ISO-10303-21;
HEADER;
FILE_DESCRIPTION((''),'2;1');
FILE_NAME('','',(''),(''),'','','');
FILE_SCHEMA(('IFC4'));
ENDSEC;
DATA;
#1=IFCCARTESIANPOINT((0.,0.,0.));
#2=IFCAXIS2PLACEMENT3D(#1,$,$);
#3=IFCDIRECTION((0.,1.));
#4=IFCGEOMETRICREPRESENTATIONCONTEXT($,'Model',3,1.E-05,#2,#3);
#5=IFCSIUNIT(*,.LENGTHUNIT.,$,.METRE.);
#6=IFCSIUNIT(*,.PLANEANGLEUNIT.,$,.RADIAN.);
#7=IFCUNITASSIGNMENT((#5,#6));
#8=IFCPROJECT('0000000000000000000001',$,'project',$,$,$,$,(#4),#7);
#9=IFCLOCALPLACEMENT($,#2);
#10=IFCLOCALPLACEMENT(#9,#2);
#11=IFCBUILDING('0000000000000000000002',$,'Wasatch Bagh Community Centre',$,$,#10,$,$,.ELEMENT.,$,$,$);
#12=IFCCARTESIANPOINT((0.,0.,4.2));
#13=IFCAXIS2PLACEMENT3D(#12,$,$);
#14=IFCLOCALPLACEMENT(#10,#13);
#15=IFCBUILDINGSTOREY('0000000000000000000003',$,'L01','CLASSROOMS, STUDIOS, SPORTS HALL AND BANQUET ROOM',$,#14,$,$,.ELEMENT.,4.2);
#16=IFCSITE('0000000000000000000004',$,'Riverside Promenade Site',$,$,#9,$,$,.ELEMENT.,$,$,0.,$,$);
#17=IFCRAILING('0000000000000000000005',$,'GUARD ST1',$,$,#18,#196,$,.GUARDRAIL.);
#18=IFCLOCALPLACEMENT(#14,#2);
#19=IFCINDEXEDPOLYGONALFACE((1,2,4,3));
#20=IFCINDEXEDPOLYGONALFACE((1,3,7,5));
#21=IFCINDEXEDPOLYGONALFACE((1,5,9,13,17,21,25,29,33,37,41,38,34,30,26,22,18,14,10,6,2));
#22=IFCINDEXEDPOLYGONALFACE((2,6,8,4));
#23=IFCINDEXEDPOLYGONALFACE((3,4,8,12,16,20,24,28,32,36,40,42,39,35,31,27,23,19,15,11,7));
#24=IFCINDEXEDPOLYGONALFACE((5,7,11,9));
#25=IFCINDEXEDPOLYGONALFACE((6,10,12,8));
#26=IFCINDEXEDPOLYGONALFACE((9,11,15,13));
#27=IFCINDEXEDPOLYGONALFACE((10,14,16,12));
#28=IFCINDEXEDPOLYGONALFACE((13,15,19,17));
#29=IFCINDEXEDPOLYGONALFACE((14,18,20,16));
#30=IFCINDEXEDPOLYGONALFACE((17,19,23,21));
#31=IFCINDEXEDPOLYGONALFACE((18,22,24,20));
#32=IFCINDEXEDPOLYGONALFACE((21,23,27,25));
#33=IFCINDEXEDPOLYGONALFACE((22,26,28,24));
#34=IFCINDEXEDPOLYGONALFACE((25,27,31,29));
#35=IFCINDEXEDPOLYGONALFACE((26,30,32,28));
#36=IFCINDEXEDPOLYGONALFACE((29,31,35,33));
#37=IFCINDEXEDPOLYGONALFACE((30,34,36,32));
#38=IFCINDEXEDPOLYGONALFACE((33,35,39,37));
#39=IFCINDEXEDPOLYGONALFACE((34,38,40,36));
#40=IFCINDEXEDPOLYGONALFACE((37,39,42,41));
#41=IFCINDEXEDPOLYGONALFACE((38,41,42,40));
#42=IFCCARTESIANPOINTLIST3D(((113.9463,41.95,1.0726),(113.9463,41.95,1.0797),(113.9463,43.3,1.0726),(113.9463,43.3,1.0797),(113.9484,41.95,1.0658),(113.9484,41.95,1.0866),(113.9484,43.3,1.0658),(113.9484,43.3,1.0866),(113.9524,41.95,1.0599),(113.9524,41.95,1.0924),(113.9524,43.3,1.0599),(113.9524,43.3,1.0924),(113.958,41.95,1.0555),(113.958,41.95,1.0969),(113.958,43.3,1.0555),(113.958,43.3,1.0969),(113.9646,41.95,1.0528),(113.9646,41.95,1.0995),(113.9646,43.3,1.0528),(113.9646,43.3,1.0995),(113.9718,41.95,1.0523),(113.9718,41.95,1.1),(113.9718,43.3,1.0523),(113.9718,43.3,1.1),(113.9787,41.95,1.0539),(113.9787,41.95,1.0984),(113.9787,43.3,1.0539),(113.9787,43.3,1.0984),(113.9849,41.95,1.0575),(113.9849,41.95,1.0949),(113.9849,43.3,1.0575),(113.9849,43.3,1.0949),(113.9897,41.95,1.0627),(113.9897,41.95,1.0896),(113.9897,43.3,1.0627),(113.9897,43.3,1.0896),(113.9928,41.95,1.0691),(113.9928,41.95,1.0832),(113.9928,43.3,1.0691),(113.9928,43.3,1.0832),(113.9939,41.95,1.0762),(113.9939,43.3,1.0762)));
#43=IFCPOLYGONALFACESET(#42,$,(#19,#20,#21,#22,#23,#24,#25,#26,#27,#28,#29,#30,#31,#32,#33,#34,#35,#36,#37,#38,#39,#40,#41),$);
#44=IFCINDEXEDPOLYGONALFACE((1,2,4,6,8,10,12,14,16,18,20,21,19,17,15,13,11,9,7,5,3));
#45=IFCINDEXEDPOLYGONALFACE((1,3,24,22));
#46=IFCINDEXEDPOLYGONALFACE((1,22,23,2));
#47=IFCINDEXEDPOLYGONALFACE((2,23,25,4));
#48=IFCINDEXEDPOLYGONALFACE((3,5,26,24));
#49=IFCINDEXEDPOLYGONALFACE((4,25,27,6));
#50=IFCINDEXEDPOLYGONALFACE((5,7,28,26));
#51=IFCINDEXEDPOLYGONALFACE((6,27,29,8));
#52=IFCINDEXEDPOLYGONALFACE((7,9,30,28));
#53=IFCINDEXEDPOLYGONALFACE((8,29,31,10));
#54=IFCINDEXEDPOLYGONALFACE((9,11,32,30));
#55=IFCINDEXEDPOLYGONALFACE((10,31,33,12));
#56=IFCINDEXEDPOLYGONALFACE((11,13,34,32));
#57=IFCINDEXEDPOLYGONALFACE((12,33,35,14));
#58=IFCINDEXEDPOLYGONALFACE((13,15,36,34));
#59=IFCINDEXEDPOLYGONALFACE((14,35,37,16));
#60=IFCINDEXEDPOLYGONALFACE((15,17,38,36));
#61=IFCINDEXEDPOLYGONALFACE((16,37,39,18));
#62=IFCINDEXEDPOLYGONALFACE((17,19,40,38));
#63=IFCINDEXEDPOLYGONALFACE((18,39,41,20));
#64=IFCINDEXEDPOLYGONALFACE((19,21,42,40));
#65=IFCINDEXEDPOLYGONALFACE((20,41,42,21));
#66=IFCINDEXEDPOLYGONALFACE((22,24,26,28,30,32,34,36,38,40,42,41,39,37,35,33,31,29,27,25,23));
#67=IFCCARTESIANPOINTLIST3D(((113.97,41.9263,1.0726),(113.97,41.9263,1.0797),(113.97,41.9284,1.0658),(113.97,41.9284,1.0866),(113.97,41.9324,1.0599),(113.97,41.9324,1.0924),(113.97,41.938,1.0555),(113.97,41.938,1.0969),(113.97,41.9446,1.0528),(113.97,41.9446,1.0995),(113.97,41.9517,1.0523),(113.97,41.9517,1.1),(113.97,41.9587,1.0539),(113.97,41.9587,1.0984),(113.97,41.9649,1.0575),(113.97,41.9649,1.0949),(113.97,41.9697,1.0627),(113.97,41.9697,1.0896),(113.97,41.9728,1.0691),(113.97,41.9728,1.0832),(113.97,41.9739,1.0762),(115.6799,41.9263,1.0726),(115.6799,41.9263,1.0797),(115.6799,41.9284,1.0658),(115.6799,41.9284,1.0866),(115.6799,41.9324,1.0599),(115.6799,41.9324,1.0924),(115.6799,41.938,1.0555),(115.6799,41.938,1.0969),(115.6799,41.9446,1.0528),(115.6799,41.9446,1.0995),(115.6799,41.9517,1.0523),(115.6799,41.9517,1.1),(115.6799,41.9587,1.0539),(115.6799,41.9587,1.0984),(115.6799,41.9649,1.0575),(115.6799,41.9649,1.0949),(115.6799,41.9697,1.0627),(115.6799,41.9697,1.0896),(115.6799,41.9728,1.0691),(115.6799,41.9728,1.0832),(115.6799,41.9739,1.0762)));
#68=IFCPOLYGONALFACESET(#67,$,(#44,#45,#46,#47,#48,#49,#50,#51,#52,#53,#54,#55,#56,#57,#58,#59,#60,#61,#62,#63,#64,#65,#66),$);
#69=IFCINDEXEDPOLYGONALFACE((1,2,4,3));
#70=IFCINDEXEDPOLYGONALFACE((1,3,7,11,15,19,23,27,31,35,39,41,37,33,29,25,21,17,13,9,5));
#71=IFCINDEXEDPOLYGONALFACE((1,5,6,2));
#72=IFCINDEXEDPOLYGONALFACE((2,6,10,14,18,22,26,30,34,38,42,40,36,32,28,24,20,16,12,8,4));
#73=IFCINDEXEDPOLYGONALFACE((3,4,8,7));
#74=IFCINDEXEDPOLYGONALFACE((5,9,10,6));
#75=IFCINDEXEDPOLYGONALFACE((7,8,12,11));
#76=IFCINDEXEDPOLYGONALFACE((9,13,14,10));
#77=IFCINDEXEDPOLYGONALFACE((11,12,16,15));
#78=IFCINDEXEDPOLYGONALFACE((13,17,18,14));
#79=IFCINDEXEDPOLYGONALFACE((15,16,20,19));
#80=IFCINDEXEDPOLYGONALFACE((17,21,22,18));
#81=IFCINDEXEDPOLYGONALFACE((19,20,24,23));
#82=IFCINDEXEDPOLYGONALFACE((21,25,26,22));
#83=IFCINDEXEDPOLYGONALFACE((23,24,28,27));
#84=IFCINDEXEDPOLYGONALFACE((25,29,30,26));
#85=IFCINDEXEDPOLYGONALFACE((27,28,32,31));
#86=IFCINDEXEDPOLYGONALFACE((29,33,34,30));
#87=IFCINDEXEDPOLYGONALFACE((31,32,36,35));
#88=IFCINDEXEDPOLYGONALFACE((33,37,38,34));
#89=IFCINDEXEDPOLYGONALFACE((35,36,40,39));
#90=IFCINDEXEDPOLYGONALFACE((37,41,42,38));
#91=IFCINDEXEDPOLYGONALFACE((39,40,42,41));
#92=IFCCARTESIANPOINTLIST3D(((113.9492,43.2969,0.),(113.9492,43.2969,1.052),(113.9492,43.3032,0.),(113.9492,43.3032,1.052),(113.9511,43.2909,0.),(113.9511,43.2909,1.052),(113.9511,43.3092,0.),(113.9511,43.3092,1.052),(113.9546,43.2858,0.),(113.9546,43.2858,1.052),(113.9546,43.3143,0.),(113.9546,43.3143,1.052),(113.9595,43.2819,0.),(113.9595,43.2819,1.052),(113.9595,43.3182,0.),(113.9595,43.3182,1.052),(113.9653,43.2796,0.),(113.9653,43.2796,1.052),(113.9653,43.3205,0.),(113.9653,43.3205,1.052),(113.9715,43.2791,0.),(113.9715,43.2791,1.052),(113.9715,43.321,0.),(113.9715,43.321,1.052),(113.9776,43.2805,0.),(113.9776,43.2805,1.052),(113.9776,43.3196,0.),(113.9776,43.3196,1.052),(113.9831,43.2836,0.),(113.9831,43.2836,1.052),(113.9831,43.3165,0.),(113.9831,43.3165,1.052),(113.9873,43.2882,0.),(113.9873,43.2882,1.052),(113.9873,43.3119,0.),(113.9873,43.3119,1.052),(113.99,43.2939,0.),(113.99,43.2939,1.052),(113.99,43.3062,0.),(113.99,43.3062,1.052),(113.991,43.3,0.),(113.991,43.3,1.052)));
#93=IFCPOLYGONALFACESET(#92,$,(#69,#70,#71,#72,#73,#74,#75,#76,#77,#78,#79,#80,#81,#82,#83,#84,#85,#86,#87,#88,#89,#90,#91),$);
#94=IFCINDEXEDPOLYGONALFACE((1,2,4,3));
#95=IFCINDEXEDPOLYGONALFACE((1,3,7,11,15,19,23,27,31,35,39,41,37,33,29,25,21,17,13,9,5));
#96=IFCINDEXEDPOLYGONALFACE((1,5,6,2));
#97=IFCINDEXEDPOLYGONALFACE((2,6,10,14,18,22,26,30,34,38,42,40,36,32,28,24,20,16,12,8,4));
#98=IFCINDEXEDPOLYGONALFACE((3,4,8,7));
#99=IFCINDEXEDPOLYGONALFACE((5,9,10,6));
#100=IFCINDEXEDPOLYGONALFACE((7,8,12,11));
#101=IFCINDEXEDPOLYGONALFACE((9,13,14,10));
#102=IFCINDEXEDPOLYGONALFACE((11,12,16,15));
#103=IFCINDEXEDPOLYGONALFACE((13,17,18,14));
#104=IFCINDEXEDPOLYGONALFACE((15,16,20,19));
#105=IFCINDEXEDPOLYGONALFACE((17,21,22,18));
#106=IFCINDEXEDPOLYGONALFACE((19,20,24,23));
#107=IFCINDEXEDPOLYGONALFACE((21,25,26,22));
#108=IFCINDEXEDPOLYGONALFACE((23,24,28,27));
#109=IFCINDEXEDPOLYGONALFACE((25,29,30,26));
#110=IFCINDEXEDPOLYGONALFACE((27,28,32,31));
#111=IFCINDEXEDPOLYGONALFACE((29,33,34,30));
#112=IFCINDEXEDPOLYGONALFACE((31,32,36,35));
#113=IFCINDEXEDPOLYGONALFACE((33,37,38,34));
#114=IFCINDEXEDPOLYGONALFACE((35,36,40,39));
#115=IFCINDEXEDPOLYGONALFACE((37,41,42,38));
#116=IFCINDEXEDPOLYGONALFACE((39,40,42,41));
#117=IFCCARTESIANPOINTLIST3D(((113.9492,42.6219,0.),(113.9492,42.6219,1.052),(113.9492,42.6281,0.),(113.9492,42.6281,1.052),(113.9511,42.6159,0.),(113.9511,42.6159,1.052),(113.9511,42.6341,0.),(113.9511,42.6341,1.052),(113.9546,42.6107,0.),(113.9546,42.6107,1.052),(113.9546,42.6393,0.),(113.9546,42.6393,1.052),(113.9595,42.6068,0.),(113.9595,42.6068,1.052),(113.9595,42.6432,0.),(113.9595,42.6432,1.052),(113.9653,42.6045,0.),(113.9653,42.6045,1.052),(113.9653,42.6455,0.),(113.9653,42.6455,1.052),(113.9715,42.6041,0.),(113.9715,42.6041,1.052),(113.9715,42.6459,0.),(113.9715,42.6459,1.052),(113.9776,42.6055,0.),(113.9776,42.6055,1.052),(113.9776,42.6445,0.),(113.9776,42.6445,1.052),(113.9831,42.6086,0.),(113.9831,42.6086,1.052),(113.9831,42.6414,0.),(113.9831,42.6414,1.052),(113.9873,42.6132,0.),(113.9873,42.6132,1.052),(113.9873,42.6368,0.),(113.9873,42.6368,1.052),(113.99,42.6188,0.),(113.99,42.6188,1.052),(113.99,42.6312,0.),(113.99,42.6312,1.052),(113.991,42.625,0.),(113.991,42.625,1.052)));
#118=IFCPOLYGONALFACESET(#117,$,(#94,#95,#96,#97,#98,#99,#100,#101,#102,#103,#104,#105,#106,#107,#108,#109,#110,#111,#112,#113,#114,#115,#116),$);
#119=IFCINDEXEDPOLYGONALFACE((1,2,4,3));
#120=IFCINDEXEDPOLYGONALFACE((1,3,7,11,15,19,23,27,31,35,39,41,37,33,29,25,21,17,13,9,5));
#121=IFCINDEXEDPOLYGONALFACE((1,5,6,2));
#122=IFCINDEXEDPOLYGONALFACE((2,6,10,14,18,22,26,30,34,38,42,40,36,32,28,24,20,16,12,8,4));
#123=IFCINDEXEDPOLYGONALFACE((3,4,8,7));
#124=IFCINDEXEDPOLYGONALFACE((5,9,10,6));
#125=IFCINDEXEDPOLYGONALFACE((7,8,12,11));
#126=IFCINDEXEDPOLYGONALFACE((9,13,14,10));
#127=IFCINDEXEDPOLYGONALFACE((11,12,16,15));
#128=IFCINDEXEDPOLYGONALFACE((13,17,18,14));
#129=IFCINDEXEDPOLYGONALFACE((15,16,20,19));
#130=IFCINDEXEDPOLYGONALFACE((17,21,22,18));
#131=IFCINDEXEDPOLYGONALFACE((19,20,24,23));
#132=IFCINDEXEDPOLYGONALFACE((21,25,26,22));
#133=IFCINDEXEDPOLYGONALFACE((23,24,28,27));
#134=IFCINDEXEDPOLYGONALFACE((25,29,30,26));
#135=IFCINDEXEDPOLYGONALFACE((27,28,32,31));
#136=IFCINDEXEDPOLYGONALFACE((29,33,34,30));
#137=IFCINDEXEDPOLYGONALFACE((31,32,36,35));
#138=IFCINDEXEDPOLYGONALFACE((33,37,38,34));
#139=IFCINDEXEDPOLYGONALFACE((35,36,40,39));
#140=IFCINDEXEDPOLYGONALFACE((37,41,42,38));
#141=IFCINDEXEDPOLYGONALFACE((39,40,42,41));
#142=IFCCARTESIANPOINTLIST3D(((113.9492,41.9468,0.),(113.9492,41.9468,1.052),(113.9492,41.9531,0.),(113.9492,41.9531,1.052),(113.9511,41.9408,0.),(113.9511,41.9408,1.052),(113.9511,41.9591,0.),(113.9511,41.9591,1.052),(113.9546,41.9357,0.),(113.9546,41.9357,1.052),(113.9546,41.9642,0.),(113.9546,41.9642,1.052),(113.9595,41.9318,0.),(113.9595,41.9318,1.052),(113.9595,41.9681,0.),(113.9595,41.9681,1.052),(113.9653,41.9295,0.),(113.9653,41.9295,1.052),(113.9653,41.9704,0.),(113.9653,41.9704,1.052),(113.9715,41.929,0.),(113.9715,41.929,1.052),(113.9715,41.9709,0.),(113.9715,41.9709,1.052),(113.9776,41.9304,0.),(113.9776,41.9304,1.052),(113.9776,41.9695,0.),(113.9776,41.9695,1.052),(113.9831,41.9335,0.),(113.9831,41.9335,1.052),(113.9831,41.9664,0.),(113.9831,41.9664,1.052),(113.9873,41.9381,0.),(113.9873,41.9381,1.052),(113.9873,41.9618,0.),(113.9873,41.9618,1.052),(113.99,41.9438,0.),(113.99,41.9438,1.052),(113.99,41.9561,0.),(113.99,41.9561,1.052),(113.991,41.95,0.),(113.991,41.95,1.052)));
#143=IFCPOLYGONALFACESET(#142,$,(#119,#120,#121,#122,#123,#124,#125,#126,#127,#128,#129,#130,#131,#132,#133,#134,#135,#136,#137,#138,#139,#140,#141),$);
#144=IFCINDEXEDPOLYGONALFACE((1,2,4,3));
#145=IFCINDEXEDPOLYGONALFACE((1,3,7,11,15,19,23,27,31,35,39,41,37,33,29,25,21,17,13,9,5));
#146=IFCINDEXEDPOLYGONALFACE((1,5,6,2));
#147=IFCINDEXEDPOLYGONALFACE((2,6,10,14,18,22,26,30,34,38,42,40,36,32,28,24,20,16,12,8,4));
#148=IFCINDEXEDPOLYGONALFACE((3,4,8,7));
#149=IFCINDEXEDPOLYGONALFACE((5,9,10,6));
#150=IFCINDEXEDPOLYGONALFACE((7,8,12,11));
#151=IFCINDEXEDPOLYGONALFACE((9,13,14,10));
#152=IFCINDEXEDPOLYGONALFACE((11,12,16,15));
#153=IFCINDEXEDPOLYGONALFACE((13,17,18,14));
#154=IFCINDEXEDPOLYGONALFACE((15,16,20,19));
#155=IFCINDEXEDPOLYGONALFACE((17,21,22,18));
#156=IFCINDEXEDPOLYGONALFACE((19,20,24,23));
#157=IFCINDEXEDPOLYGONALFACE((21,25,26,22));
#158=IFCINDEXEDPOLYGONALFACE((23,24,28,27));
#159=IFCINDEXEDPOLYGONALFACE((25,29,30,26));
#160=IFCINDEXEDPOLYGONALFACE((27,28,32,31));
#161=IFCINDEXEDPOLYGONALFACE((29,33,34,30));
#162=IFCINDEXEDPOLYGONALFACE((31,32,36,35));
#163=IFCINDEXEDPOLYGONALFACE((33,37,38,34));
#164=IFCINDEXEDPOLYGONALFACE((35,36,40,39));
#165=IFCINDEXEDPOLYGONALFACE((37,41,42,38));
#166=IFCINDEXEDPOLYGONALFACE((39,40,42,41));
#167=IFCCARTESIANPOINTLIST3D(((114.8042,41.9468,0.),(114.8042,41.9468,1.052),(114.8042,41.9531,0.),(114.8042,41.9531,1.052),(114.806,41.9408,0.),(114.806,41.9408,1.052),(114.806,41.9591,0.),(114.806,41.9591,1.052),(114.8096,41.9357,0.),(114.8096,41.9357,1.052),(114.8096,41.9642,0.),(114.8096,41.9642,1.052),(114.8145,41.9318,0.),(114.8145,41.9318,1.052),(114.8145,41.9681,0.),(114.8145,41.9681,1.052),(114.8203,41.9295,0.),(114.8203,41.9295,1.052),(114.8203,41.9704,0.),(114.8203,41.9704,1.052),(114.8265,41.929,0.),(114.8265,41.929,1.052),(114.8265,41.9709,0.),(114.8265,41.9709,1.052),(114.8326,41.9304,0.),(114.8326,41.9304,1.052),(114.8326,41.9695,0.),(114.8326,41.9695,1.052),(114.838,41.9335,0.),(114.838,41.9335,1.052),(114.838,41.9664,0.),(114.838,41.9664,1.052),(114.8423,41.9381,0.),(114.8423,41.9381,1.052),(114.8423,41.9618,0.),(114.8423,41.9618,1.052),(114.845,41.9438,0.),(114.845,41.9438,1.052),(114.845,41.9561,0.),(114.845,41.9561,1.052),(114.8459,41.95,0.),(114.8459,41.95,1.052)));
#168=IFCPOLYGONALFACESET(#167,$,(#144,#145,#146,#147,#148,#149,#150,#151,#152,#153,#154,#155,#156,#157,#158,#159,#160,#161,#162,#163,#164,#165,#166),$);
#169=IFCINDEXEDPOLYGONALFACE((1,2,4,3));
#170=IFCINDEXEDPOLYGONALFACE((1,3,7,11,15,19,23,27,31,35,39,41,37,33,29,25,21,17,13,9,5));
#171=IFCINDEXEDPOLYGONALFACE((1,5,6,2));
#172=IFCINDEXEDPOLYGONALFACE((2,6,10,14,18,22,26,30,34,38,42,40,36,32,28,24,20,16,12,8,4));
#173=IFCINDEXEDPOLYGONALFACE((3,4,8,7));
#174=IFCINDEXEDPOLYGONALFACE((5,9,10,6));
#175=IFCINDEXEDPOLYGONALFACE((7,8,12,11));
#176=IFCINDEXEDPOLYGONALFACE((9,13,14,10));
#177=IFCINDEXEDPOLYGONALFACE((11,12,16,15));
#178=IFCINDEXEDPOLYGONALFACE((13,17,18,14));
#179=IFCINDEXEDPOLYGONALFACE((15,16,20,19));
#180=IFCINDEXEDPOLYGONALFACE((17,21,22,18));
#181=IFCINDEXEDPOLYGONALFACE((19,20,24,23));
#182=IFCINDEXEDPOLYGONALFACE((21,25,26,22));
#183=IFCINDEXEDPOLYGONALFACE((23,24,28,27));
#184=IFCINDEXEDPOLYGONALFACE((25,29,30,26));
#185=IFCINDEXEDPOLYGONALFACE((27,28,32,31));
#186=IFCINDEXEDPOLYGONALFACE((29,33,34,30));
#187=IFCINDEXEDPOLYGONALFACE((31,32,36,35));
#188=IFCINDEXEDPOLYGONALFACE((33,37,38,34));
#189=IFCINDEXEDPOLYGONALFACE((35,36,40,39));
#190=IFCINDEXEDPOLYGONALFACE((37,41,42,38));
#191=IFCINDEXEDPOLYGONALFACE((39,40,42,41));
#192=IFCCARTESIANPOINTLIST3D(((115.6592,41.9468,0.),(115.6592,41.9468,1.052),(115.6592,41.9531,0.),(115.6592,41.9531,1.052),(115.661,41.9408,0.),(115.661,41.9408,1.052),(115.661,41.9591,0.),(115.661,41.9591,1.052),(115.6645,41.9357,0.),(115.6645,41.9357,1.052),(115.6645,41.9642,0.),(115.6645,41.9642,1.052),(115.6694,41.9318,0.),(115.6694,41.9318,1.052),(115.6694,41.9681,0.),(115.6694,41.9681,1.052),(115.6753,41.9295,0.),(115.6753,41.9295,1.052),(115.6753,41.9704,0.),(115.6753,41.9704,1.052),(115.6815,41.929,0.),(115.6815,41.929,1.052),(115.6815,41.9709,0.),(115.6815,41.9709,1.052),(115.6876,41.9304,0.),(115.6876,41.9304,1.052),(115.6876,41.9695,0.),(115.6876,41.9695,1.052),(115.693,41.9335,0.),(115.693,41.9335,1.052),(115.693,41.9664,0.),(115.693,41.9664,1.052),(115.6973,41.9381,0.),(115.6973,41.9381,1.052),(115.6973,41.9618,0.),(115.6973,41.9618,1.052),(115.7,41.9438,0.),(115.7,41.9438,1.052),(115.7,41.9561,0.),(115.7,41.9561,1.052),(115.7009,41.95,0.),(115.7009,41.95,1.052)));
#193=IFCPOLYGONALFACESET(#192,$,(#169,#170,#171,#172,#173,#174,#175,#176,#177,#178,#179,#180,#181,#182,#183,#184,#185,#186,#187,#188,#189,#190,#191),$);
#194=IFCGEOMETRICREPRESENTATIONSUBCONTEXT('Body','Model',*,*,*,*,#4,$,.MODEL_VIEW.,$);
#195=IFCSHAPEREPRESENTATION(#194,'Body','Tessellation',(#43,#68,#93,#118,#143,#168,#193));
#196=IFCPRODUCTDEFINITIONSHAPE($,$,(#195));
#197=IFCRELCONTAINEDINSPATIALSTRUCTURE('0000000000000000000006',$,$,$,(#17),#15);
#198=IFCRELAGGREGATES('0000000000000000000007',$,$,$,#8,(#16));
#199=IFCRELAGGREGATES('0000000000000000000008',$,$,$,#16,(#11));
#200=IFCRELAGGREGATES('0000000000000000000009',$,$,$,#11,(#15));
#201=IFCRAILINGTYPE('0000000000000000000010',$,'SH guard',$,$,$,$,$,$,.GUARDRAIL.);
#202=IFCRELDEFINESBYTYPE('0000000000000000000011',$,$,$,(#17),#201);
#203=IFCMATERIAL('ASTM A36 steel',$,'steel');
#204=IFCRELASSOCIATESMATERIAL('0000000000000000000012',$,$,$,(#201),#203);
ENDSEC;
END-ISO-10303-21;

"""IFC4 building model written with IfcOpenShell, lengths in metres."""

from ifc_helpers import new_model, si_unit, direction, frame, origin, origin_2d, place, context, subcontext, project, spatial, circle, extrude, material, type_object, element, save


model = new_model("IFC4")

# Units and contexts
model_context = context("Model", 3, precision=1e-05, world=origin(), true_north=direction((0.0, 1.0)))
body_context = subcontext(model_context, "Body", "Model", "MODEL_VIEW")
ifc_project = project(units=[si_unit("LENGTHUNIT", "METRE"), si_unit("PLANEANGLEUNIT", "RADIAN")], contexts=[model_context])

# Site, building, storey
site_placement = place(None, origin())
site = spatial("IfcSite", under=ifc_project, at=site_placement, Name="Riverside Promenade Site", CompositionType="ELEMENT", RefElevation=0.0)
building_placement = place(site_placement, origin())
building = spatial("IfcBuilding", under=site, at=building_placement, Name="Wasatch Bagh Community Centre", CompositionType="ELEMENT")
storey_placement = place(building_placement, frame((0.0, 0.0, 4.2)))
storey = spatial("IfcBuildingStorey", under=building, at=storey_placement, Name="L01", Description="CLASSROOMS, STUDIOS, SPORTS HALL AND BANQUET ROOM", CompositionType="ELEMENT", Elevation=4.2)

# Railing
ifc_material_1 = material(Name="ASTM A36 steel", Category="steel")
railing_type = type_object("IfcRailingType", Name="SH guard", PredefinedType="GUARDRAIL", material=ifc_material_1)
railing_placement = place(storey_placement, frame((113.97, 43.3, 0.0)))
element("IfcRailing", 1, at=railing_placement, inside=storey, type_object=railing_type, Name="GUARD ST1", PredefinedType="GUARDRAIL", context=body_context, shape_type="SweptSolid", body=[
    extrude(circle(Radius=0.0239, at=origin_2d()), frame((0.0, 0.0, 1.0762), z_axis=(0.0, -1.0, 0.0), x_axis=(1.0, 0.0, 0.0)), (0.0, 0.0, 1.0), 1.3501),
    extrude(circle(Radius=0.0239, at=origin_2d()), frame((0.0, -1.3501, 1.0762), z_axis=(1.0, 0.0, 0.0), x_axis=(0.0, 1.0, 0.0)), (0.0, 0.0, 1.0), 1.71),
    extrude(circle(Radius=0.021, at=origin_2d()), origin(), (0.0, 0.0, 1.0), 1.052),
    extrude(circle(Radius=0.021, at=origin_2d()), frame((0.0, -0.675, 0.0)), (0.0, 0.0, 1.0), 1.052),
    extrude(circle(Radius=0.021, at=origin_2d()), frame((0.0, -1.3501, 0.0)), (0.0, 0.0, 1.0), 1.052),
    extrude(circle(Radius=0.021, at=origin_2d()), frame((0.855, -1.3501, 0.0)), (0.0, 0.0, 1.0), 1.052),
    extrude(circle(Radius=0.021, at=origin_2d()), frame((1.71, -1.3501, 0.0)), (0.0, 0.0, 1.0), 1.052),
])

save(model, "model.ifc")
